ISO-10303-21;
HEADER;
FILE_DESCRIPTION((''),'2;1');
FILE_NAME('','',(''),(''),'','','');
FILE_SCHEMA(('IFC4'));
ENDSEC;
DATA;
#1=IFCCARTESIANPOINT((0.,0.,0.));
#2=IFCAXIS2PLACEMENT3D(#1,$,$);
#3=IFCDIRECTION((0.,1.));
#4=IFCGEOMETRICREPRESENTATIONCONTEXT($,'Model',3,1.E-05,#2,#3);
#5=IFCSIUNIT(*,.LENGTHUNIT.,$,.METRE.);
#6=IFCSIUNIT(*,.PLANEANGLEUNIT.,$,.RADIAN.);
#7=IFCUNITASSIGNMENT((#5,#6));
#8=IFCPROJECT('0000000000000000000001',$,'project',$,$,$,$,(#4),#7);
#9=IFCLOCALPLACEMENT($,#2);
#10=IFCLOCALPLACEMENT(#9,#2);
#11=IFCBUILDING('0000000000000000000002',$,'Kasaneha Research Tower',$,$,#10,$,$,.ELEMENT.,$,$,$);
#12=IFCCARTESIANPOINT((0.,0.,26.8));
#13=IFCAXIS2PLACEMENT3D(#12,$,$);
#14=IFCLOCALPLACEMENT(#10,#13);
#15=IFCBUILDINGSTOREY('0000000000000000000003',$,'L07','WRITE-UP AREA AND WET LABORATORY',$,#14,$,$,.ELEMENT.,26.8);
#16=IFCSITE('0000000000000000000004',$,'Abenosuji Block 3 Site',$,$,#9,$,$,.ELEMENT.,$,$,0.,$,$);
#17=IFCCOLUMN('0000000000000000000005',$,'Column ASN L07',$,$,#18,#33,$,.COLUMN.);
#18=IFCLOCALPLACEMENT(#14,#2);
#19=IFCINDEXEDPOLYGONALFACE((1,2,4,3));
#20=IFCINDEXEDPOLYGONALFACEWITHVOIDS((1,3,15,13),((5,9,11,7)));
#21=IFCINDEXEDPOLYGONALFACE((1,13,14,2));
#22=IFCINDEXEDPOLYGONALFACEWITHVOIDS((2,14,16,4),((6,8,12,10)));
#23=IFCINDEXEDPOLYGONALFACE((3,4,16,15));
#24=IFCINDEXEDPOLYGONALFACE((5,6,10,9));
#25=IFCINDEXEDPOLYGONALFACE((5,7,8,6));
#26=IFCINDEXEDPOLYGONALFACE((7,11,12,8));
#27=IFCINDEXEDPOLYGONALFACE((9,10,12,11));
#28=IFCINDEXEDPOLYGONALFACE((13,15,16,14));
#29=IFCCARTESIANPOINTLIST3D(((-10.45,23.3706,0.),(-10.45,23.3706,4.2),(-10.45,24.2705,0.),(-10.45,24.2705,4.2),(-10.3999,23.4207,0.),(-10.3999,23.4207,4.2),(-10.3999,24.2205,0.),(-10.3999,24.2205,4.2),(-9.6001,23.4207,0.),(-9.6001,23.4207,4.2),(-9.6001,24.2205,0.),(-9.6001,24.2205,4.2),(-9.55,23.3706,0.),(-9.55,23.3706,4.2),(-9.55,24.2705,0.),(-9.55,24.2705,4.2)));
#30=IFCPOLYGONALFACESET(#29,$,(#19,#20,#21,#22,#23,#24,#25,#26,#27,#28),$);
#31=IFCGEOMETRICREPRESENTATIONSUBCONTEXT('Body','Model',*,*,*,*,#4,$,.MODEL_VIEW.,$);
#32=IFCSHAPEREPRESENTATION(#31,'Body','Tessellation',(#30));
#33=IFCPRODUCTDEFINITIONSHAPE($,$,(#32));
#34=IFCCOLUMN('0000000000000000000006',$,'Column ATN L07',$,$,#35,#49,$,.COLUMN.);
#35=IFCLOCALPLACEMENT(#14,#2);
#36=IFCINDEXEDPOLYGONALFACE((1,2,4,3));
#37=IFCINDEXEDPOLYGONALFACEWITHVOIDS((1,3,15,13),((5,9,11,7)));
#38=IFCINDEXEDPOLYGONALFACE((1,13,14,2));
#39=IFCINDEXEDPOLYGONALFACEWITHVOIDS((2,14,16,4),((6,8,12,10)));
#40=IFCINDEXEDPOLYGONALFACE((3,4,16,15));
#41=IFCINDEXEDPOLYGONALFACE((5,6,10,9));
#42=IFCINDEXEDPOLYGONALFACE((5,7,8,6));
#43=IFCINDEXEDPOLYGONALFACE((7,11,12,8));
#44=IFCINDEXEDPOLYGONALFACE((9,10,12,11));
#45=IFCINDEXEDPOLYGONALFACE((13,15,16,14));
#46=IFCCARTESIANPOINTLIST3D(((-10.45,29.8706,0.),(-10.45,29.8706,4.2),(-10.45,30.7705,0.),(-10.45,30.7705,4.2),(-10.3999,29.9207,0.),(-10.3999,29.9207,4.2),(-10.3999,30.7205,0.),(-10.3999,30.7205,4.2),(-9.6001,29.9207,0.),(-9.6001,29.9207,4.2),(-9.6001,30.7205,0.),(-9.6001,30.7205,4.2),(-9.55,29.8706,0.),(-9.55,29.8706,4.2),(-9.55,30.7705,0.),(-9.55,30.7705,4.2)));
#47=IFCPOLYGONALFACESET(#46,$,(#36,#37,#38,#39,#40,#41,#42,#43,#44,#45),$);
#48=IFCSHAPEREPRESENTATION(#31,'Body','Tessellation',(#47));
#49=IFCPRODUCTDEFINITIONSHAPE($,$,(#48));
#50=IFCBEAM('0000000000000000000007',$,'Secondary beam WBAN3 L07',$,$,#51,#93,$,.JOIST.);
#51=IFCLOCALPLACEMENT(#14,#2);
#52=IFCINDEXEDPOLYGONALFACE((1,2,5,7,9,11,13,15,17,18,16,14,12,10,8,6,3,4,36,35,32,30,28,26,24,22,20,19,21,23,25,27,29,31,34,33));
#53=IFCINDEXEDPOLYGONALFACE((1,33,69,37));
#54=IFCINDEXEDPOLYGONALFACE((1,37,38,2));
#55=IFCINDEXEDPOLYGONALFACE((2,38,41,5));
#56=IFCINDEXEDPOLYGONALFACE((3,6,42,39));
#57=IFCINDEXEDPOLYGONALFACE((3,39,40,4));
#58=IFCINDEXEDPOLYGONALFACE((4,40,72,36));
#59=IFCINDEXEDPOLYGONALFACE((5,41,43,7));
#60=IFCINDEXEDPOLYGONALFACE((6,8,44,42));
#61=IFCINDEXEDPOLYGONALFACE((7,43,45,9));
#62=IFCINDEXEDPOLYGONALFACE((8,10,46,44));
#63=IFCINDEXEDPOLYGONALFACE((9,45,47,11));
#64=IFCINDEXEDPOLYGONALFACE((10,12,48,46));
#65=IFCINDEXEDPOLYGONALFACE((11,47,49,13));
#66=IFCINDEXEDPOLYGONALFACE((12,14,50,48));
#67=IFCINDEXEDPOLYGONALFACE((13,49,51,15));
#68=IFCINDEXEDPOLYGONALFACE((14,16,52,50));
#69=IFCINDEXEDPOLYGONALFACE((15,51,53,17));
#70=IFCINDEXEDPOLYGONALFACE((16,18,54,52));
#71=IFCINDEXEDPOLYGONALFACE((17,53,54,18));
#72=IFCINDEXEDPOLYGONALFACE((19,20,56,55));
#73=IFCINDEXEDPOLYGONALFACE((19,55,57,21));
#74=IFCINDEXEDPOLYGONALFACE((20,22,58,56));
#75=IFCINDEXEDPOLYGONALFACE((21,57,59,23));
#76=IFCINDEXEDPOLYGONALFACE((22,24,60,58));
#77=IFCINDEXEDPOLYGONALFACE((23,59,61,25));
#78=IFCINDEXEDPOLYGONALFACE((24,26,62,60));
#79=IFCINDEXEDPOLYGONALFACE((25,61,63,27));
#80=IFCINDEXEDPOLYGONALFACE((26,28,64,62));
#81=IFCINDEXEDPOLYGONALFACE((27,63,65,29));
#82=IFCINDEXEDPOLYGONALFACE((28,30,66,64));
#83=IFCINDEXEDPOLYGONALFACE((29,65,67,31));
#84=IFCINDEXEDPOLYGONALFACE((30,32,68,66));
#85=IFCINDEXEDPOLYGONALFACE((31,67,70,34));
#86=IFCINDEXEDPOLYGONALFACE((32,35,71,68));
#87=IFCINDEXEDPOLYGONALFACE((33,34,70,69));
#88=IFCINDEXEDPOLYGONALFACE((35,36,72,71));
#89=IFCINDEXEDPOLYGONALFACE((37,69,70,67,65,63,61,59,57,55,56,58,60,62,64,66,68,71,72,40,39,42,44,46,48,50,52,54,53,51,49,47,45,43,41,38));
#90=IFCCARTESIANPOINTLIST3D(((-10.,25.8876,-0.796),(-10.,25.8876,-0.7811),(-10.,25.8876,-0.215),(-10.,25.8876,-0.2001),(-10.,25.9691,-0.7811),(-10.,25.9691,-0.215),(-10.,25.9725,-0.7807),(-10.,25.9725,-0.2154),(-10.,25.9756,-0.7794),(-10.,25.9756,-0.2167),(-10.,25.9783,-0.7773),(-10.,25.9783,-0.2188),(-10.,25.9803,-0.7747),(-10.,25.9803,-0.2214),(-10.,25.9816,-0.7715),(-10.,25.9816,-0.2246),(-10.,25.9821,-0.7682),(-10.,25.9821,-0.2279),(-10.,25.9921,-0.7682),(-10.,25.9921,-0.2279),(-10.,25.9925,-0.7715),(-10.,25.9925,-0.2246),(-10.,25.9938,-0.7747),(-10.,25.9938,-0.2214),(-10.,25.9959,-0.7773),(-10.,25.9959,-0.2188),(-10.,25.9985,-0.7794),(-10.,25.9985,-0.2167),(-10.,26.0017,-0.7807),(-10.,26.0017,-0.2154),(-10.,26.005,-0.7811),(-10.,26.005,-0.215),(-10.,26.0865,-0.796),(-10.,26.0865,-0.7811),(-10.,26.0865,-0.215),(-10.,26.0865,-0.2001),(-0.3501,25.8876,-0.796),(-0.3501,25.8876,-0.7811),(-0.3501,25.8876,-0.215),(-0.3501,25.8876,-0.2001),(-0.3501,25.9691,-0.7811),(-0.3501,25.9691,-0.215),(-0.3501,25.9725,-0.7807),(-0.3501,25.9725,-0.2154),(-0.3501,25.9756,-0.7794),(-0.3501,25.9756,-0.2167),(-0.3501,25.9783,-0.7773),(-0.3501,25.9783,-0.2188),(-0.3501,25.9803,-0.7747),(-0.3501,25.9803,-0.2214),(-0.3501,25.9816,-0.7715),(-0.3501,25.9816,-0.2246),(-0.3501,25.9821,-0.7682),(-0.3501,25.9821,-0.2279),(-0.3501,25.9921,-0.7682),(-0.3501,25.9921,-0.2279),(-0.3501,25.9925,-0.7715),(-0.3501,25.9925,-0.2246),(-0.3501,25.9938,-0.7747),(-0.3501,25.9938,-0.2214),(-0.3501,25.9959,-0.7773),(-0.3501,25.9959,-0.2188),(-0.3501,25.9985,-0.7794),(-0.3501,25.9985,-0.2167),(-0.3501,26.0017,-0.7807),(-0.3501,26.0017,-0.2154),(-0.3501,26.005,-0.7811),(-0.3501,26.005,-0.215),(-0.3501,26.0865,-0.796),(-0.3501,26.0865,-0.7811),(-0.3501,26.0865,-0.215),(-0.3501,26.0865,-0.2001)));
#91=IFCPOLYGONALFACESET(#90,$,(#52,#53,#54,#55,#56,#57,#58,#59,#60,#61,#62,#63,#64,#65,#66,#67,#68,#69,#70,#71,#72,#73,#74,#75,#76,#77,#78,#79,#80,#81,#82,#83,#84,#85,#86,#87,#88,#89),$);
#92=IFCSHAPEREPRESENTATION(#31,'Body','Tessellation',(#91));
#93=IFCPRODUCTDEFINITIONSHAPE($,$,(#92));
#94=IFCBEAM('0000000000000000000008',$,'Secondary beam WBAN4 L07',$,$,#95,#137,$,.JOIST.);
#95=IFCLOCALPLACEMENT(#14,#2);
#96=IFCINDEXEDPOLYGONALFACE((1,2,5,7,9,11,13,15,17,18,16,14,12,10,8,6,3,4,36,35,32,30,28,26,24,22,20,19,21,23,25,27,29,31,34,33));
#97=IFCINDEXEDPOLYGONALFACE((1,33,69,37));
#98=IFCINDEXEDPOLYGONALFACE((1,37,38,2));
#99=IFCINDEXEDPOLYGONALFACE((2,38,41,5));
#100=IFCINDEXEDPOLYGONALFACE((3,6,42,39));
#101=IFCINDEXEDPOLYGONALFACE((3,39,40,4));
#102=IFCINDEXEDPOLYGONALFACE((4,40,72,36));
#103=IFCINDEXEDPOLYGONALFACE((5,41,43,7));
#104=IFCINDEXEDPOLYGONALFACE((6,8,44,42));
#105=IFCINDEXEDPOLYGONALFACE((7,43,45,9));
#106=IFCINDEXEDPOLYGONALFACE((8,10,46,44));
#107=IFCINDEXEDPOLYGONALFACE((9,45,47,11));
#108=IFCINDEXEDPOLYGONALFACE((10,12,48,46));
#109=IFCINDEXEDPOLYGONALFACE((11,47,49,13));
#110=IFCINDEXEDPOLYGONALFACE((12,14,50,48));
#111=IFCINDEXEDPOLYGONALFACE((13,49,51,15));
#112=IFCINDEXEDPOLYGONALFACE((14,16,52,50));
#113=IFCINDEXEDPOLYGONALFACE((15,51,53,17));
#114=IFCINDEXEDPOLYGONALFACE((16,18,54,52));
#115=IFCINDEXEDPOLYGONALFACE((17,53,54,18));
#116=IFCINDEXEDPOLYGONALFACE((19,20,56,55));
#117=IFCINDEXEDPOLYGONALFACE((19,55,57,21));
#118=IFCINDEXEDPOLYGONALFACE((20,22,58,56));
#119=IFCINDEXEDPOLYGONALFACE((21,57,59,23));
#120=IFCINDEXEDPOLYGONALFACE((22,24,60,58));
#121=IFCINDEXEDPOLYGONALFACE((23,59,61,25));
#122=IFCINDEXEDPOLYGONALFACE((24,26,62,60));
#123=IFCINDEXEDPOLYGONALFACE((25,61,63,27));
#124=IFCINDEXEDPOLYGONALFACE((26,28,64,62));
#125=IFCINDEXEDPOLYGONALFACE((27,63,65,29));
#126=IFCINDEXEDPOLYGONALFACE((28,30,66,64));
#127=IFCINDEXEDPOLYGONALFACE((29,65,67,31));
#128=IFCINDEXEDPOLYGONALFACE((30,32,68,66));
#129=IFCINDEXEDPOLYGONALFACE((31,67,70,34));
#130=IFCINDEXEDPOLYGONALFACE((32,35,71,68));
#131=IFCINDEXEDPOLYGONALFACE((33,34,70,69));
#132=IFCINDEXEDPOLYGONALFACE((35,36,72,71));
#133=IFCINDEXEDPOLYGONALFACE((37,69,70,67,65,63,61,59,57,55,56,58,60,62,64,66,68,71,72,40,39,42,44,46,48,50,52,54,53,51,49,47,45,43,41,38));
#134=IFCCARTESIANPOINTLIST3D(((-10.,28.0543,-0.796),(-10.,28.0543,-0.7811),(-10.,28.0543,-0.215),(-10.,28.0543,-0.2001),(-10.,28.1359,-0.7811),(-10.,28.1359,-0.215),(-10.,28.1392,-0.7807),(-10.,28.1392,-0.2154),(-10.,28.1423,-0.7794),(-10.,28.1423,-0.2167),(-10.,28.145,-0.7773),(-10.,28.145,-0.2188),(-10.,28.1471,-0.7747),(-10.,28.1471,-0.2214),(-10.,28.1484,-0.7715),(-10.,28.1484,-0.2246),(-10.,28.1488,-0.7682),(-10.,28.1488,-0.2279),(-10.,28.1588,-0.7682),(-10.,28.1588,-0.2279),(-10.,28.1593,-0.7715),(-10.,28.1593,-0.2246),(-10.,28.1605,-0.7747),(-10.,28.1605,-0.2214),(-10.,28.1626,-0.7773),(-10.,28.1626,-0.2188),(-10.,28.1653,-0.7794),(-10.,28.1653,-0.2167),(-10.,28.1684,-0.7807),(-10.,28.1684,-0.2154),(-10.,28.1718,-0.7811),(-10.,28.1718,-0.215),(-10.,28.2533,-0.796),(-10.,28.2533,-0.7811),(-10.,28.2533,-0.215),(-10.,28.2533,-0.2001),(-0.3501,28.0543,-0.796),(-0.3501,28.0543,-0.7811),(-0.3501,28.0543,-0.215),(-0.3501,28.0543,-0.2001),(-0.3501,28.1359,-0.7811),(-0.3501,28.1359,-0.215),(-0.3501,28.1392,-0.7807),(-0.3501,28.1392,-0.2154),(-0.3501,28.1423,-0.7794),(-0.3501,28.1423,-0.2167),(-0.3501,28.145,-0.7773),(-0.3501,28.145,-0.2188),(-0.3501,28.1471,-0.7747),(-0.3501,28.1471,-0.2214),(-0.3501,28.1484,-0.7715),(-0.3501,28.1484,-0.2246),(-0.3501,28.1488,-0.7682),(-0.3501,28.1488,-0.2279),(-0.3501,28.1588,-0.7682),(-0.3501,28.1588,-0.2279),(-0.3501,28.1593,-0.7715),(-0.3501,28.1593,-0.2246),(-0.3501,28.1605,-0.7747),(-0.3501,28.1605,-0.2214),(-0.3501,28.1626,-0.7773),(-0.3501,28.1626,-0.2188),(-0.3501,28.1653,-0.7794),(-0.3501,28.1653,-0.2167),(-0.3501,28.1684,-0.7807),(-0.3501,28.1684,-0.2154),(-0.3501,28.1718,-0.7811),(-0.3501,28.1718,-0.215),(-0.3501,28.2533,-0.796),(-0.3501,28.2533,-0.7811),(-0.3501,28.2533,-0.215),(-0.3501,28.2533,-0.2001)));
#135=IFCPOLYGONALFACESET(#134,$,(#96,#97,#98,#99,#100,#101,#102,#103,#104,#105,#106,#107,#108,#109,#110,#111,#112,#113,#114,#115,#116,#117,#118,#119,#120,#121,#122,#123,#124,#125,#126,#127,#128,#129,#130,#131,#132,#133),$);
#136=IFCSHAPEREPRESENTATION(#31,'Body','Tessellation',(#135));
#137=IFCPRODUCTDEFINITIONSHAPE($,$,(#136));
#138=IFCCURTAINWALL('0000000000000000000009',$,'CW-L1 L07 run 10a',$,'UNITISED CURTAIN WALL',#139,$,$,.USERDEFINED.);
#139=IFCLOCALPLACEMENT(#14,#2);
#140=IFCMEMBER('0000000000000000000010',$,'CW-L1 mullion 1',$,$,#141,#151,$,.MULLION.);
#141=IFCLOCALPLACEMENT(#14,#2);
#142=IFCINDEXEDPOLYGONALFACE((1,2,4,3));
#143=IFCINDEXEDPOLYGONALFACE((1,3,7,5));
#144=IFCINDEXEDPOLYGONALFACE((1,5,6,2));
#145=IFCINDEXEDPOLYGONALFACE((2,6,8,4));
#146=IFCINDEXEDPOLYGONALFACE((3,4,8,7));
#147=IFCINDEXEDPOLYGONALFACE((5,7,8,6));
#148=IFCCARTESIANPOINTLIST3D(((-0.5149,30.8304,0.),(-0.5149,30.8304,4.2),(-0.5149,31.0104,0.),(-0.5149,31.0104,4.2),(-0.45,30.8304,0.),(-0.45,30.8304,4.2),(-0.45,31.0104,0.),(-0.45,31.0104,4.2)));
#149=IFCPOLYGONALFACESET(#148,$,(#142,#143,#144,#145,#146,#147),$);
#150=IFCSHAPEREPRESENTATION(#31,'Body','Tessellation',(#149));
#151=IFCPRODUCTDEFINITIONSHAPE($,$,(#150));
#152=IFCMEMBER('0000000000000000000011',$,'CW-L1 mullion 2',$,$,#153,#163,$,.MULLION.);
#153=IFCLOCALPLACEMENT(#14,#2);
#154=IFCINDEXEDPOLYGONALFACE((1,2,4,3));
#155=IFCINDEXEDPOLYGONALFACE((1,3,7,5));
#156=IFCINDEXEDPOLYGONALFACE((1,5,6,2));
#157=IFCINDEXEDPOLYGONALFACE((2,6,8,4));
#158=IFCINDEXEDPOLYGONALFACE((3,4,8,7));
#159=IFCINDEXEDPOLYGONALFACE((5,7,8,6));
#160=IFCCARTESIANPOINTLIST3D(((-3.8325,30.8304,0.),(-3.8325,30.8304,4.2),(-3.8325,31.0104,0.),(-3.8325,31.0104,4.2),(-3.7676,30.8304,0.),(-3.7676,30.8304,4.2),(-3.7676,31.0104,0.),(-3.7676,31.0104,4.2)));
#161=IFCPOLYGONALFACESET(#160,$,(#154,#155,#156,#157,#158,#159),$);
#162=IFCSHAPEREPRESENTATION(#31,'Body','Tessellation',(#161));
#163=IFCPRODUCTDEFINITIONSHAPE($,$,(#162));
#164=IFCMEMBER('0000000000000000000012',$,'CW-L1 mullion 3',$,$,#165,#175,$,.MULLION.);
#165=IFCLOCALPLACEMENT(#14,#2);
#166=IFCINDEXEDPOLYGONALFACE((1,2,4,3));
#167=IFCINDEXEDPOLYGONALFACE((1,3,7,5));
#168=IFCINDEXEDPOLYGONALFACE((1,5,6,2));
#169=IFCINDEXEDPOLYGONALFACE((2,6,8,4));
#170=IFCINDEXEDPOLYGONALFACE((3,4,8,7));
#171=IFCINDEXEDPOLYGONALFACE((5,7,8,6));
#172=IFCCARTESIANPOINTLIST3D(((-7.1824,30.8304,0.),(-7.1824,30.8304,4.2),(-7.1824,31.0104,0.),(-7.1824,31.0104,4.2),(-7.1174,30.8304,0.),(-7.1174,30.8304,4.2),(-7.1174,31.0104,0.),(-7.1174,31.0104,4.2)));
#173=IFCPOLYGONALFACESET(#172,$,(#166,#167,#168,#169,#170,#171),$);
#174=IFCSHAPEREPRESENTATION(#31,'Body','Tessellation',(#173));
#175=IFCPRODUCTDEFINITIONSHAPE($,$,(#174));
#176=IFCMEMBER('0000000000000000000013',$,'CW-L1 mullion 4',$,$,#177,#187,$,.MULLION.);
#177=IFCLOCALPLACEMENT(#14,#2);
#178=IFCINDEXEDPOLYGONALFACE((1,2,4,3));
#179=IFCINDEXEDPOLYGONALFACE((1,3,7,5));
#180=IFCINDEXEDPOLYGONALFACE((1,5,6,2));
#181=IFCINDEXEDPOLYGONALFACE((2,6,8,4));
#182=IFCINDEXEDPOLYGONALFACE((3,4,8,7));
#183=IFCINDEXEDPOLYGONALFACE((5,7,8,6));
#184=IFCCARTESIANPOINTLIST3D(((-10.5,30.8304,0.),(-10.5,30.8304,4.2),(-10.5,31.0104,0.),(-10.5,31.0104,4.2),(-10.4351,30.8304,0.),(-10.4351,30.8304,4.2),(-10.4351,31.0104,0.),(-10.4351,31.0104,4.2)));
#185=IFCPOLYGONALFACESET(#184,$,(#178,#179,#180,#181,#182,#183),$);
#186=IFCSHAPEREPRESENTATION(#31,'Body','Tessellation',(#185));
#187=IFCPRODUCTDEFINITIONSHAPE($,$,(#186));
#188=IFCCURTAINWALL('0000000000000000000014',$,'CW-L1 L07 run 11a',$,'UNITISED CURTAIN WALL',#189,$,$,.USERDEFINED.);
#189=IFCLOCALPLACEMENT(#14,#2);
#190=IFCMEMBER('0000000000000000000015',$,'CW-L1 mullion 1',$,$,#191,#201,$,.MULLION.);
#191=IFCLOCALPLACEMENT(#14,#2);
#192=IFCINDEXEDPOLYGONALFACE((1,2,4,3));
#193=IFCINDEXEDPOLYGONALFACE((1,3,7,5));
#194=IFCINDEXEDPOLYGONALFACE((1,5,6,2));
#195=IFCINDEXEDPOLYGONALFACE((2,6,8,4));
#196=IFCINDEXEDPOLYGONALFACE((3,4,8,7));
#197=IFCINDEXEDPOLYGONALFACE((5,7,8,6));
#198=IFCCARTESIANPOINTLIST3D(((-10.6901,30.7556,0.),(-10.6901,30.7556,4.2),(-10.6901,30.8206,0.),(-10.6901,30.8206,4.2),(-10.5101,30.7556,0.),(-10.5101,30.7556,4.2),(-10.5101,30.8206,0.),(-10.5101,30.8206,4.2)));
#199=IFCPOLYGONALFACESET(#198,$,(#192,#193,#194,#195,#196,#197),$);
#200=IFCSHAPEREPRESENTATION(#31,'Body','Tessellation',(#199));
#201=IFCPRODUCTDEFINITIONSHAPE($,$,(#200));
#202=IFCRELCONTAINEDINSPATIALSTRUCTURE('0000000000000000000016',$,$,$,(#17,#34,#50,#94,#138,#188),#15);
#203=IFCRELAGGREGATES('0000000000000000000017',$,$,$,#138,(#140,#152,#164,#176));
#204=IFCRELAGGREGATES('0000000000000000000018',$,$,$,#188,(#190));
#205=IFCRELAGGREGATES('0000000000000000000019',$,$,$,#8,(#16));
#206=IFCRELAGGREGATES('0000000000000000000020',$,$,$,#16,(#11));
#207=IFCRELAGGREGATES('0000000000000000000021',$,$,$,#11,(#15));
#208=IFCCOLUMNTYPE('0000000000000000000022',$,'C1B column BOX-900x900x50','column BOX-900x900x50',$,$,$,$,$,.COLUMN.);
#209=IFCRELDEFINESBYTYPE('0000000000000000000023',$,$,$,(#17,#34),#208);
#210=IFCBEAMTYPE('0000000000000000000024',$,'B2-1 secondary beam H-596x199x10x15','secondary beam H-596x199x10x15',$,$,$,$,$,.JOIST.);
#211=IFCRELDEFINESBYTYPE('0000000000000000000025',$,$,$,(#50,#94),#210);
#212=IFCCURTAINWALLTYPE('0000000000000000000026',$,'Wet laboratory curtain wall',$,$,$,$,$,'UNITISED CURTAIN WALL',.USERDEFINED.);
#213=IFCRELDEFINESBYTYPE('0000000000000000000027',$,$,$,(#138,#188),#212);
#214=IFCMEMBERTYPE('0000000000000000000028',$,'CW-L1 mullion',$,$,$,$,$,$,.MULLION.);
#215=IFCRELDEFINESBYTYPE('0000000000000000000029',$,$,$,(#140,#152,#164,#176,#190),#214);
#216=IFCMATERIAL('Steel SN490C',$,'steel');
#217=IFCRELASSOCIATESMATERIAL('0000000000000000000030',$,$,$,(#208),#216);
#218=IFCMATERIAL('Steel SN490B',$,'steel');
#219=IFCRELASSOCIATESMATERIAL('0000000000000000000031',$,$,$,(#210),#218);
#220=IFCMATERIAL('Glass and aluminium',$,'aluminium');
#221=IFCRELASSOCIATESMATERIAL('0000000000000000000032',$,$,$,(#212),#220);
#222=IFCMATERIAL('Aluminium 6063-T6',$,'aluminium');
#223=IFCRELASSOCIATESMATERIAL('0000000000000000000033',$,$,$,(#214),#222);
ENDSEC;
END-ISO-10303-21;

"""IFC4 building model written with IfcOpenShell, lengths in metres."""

from ifc_helpers import new_model, si_unit, direction, frame, origin, origin_2d, place, context, subcontext, project, spatial, rectangle, hollow_rectangle, i_section, extrude, material, material_profile, profile_set, type_object, element, aggregate, save


model = new_model("IFC4")

# Units and contexts
model_context = context("Model", 3, precision=1e-05, world=origin(), true_north=direction((0.0, 1.0)))
body_context = subcontext(model_context, "Body", "Model", "MODEL_VIEW")
ifc_project = project(units=[si_unit("LENGTHUNIT", "METRE"), si_unit("PLANEANGLEUNIT", "RADIAN")], contexts=[model_context])

# Site, building, storey
site_placement = place(None, origin())
site = spatial("IfcSite", under=ifc_project, at=site_placement, Name="Abenosuji Block 3 Site", CompositionType="ELEMENT", RefElevation=0.0)
building_placement = place(site_placement, origin())
building = spatial("IfcBuilding", under=site, at=building_placement, Name="Kasaneha Research Tower", CompositionType="ELEMENT")
storey_placement = place(building_placement, frame((0.0, 0.0, 26.8)))
storey = spatial("IfcBuildingStorey", under=building, at=storey_placement, Name="L07", Description="WRITE-UP AREA AND WET LABORATORY", CompositionType="ELEMENT", Elevation=26.8)

# Columns
ifc_material_1 = material(Name="Steel SN490C", Category="steel")
ifc_material_profile_1 = material_profile(ifc_material_1, hollow_rectangle(XDim=0.8999, YDim=0.8999, WallThickness=0.05, at=origin_2d()), Name="BOX-900x900x50")
ifc_profile_set_1 = profile_set([ifc_material_profile_1], Name="Steel SN490C")
column_type = type_object("IfcColumnType", Name="C1B column BOX-900x900x50", Description="column BOX-900x900x50", PredefinedType="COLUMN", material=ifc_profile_set_1)
for number, where, z_axis, x_axis, name in (
    (1, (-10.0, 23.8206, 0.0), (0.0, 0.0, 1.0), (1.0, 0.0, 0.0), "Column ASN L07"),
    (2, (-10.0, 30.3206, 0.0), (0.0, 0.0, 1.0), (1.0, 0.0, 0.0), "Column ATN L07"),
):
    element("IfcColumn", number, at=place(storey_placement, frame(where, z_axis=z_axis, x_axis=x_axis)), inside=storey, type_object=column_type, Name=name, PredefinedType="COLUMN", context=body_context, shape_type="SweptSolid", body=[
        extrude(hollow_rectangle(XDim=0.8999, YDim=0.8999, WallThickness=0.05, at=origin_2d()), origin(), (0.0, 0.0, 1.0), 4.2),
    ])

# Beams
ifc_material_2 = material(Name="Steel SN490B", Category="steel")
ifc_material_profile_2 = material_profile(ifc_material_2, i_section(OverallWidth=0.199, OverallDepth=0.5959, WebThickness=0.01, FlangeThickness=0.0149, FilletRadius=0.0129, at=origin_2d()), Name="H-596x199x10x15")
ifc_profile_set_2 = profile_set([ifc_material_profile_2], Name="Steel SN490B")
beam_type_1 = type_object("IfcBeamType", Name="B2-1 secondary beam H-596x199x10x15", Description="secondary beam H-596x199x10x15", PredefinedType="JOIST", material=ifc_profile_set_2)
for number, where, z_axis, x_axis, name in (
    (3, (-10.0, 25.9871, -0.498), (1.0, 0.0, 0.0), (0.0, 1.0, 0.0), "Secondary beam WBAN3 L07"),
    (4, (-10.0, 28.1538, -0.498), (1.0, 0.0, 0.0), (0.0, 1.0, 0.0), "Secondary beam WBAN4 L07"),
):
    element("IfcBeam", number, at=place(storey_placement, frame(where, z_axis=z_axis, x_axis=x_axis)), inside=storey, type_object=beam_type_1, Name=name, PredefinedType="JOIST", context=body_context, shape_type="SweptSolid", body=[
        extrude(i_section(OverallWidth=0.199, OverallDepth=0.5959, WebThickness=0.01, FlangeThickness=0.0149, FilletRadius=0.0129, at=origin_2d()), origin(), (0.0, 0.0, 1.0), 9.6499),
    ])

# Curtain walls, members
ifc_material_3 = material(Name="Glass and aluminium", Category="aluminium")
curtain_wall_type = type_object("IfcCurtainWallType", Name="Wet laboratory curtain wall", ElementType="UNITISED CURTAIN WALL", PredefinedType="USERDEFINED", material=ifc_material_3)
curtain_wall_1_placement = place(storey_placement, origin())
curtain_wall_1 = element("IfcCurtainWall", 5, at=curtain_wall_1_placement, inside=storey, type_object=curtain_wall_type, Name="CW-L1 L07 run 10a", ObjectType="UNITISED CURTAIN WALL", PredefinedType="USERDEFINED")
ifc_material_4 = material(Name="Aluminium 6063-T6", Category="aluminium")
ifc_material_profile_3 = material_profile(ifc_material_4, rectangle(XDim=0.0649, YDim=0.1799, at=origin_2d()), Name="CW-L1 mullion 65x180")
ifc_profile_set_3 = profile_set([ifc_material_profile_3], Name="Aluminium 6063-T6")
member_type_1 = type_object("IfcMemberType", Name="CW-L1 mullion", PredefinedType="MULLION", material=ifc_profile_set_3)
member_1_placement = place(storey_placement, frame((-0.4824, 30.9204, 0.0), z_axis=(0.0, 0.0, 1.0), x_axis=(-1.0, 0.0, 0.0)))
member_1 = element("IfcMember", 6, at=member_1_placement, type_object=member_type_1, Name="CW-L1 mullion 1", PredefinedType="MULLION", context=body_context, shape_type="SweptSolid", body=[
    extrude(rectangle(XDim=0.0649, YDim=0.1799, at=origin_2d()), origin(), (0.0, 0.0, 1.0), 4.2),
])
member_2_placement = place(storey_placement, frame((-3.8, 30.9204, 0.0), z_axis=(0.0, 0.0, 1.0), x_axis=(-1.0, 0.0, 0.0)))
member_2 = element("IfcMember", 7, at=member_2_placement, type_object=member_type_1, Name="CW-L1 mullion 2", PredefinedType="MULLION", context=body_context, shape_type="SweptSolid", body=[
    extrude(rectangle(XDim=0.0649, YDim=0.1799, at=origin_2d()), origin(), (0.0, 0.0, 1.0), 4.2),
])
member_3_placement = place(storey_placement, frame((-7.1499, 30.9204, 0.0), z_axis=(0.0, 0.0, 1.0), x_axis=(-1.0, 0.0, 0.0)))
member_3 = element("IfcMember", 8, at=member_3_placement, type_object=member_type_1, Name="CW-L1 mullion 3", PredefinedType="MULLION", context=body_context, shape_type="SweptSolid", body=[
    extrude(rectangle(XDim=0.0649, YDim=0.1799, at=origin_2d()), origin(), (0.0, 0.0, 1.0), 4.2),
])
member_4_placement = place(storey_placement, frame((-10.4675, 30.9204, 0.0), z_axis=(0.0, 0.0, 1.0), x_axis=(-1.0, 0.0, 0.0)))
member_4 = element("IfcMember", 9, at=member_4_placement, type_object=member_type_1, Name="CW-L1 mullion 4", PredefinedType="MULLION", context=body_context, shape_type="SweptSolid", body=[
    extrude(rectangle(XDim=0.0649, YDim=0.1799, at=origin_2d()), origin(), (0.0, 0.0, 1.0), 4.2),
])
curtain_wall_2_placement = place(storey_placement, origin())
curtain_wall_2 = element("IfcCurtainWall", 10, at=curtain_wall_2_placement, inside=storey, type_object=curtain_wall_type, Name="CW-L1 L07 run 11a", ObjectType="UNITISED CURTAIN WALL", PredefinedType="USERDEFINED")
member_5_placement = place(storey_placement, frame((-10.6001, 30.7881, 0.0), z_axis=(0.0, 0.0, 1.0), x_axis=(0.0, -1.0, 0.0)))
member_5 = element("IfcMember", 11, at=member_5_placement, type_object=member_type_1, Name="CW-L1 mullion 1", PredefinedType="MULLION", context=body_context, shape_type="SweptSolid", body=[
    extrude(rectangle(XDim=0.0649, YDim=0.1799, at=origin_2d()), origin(), (0.0, 0.0, 1.0), 4.2),
])

aggregate(curtain_wall_1, [member_1, member_2, member_3, member_4])
aggregate(curtain_wall_2, [member_5])

save(model, "model.ifc")
